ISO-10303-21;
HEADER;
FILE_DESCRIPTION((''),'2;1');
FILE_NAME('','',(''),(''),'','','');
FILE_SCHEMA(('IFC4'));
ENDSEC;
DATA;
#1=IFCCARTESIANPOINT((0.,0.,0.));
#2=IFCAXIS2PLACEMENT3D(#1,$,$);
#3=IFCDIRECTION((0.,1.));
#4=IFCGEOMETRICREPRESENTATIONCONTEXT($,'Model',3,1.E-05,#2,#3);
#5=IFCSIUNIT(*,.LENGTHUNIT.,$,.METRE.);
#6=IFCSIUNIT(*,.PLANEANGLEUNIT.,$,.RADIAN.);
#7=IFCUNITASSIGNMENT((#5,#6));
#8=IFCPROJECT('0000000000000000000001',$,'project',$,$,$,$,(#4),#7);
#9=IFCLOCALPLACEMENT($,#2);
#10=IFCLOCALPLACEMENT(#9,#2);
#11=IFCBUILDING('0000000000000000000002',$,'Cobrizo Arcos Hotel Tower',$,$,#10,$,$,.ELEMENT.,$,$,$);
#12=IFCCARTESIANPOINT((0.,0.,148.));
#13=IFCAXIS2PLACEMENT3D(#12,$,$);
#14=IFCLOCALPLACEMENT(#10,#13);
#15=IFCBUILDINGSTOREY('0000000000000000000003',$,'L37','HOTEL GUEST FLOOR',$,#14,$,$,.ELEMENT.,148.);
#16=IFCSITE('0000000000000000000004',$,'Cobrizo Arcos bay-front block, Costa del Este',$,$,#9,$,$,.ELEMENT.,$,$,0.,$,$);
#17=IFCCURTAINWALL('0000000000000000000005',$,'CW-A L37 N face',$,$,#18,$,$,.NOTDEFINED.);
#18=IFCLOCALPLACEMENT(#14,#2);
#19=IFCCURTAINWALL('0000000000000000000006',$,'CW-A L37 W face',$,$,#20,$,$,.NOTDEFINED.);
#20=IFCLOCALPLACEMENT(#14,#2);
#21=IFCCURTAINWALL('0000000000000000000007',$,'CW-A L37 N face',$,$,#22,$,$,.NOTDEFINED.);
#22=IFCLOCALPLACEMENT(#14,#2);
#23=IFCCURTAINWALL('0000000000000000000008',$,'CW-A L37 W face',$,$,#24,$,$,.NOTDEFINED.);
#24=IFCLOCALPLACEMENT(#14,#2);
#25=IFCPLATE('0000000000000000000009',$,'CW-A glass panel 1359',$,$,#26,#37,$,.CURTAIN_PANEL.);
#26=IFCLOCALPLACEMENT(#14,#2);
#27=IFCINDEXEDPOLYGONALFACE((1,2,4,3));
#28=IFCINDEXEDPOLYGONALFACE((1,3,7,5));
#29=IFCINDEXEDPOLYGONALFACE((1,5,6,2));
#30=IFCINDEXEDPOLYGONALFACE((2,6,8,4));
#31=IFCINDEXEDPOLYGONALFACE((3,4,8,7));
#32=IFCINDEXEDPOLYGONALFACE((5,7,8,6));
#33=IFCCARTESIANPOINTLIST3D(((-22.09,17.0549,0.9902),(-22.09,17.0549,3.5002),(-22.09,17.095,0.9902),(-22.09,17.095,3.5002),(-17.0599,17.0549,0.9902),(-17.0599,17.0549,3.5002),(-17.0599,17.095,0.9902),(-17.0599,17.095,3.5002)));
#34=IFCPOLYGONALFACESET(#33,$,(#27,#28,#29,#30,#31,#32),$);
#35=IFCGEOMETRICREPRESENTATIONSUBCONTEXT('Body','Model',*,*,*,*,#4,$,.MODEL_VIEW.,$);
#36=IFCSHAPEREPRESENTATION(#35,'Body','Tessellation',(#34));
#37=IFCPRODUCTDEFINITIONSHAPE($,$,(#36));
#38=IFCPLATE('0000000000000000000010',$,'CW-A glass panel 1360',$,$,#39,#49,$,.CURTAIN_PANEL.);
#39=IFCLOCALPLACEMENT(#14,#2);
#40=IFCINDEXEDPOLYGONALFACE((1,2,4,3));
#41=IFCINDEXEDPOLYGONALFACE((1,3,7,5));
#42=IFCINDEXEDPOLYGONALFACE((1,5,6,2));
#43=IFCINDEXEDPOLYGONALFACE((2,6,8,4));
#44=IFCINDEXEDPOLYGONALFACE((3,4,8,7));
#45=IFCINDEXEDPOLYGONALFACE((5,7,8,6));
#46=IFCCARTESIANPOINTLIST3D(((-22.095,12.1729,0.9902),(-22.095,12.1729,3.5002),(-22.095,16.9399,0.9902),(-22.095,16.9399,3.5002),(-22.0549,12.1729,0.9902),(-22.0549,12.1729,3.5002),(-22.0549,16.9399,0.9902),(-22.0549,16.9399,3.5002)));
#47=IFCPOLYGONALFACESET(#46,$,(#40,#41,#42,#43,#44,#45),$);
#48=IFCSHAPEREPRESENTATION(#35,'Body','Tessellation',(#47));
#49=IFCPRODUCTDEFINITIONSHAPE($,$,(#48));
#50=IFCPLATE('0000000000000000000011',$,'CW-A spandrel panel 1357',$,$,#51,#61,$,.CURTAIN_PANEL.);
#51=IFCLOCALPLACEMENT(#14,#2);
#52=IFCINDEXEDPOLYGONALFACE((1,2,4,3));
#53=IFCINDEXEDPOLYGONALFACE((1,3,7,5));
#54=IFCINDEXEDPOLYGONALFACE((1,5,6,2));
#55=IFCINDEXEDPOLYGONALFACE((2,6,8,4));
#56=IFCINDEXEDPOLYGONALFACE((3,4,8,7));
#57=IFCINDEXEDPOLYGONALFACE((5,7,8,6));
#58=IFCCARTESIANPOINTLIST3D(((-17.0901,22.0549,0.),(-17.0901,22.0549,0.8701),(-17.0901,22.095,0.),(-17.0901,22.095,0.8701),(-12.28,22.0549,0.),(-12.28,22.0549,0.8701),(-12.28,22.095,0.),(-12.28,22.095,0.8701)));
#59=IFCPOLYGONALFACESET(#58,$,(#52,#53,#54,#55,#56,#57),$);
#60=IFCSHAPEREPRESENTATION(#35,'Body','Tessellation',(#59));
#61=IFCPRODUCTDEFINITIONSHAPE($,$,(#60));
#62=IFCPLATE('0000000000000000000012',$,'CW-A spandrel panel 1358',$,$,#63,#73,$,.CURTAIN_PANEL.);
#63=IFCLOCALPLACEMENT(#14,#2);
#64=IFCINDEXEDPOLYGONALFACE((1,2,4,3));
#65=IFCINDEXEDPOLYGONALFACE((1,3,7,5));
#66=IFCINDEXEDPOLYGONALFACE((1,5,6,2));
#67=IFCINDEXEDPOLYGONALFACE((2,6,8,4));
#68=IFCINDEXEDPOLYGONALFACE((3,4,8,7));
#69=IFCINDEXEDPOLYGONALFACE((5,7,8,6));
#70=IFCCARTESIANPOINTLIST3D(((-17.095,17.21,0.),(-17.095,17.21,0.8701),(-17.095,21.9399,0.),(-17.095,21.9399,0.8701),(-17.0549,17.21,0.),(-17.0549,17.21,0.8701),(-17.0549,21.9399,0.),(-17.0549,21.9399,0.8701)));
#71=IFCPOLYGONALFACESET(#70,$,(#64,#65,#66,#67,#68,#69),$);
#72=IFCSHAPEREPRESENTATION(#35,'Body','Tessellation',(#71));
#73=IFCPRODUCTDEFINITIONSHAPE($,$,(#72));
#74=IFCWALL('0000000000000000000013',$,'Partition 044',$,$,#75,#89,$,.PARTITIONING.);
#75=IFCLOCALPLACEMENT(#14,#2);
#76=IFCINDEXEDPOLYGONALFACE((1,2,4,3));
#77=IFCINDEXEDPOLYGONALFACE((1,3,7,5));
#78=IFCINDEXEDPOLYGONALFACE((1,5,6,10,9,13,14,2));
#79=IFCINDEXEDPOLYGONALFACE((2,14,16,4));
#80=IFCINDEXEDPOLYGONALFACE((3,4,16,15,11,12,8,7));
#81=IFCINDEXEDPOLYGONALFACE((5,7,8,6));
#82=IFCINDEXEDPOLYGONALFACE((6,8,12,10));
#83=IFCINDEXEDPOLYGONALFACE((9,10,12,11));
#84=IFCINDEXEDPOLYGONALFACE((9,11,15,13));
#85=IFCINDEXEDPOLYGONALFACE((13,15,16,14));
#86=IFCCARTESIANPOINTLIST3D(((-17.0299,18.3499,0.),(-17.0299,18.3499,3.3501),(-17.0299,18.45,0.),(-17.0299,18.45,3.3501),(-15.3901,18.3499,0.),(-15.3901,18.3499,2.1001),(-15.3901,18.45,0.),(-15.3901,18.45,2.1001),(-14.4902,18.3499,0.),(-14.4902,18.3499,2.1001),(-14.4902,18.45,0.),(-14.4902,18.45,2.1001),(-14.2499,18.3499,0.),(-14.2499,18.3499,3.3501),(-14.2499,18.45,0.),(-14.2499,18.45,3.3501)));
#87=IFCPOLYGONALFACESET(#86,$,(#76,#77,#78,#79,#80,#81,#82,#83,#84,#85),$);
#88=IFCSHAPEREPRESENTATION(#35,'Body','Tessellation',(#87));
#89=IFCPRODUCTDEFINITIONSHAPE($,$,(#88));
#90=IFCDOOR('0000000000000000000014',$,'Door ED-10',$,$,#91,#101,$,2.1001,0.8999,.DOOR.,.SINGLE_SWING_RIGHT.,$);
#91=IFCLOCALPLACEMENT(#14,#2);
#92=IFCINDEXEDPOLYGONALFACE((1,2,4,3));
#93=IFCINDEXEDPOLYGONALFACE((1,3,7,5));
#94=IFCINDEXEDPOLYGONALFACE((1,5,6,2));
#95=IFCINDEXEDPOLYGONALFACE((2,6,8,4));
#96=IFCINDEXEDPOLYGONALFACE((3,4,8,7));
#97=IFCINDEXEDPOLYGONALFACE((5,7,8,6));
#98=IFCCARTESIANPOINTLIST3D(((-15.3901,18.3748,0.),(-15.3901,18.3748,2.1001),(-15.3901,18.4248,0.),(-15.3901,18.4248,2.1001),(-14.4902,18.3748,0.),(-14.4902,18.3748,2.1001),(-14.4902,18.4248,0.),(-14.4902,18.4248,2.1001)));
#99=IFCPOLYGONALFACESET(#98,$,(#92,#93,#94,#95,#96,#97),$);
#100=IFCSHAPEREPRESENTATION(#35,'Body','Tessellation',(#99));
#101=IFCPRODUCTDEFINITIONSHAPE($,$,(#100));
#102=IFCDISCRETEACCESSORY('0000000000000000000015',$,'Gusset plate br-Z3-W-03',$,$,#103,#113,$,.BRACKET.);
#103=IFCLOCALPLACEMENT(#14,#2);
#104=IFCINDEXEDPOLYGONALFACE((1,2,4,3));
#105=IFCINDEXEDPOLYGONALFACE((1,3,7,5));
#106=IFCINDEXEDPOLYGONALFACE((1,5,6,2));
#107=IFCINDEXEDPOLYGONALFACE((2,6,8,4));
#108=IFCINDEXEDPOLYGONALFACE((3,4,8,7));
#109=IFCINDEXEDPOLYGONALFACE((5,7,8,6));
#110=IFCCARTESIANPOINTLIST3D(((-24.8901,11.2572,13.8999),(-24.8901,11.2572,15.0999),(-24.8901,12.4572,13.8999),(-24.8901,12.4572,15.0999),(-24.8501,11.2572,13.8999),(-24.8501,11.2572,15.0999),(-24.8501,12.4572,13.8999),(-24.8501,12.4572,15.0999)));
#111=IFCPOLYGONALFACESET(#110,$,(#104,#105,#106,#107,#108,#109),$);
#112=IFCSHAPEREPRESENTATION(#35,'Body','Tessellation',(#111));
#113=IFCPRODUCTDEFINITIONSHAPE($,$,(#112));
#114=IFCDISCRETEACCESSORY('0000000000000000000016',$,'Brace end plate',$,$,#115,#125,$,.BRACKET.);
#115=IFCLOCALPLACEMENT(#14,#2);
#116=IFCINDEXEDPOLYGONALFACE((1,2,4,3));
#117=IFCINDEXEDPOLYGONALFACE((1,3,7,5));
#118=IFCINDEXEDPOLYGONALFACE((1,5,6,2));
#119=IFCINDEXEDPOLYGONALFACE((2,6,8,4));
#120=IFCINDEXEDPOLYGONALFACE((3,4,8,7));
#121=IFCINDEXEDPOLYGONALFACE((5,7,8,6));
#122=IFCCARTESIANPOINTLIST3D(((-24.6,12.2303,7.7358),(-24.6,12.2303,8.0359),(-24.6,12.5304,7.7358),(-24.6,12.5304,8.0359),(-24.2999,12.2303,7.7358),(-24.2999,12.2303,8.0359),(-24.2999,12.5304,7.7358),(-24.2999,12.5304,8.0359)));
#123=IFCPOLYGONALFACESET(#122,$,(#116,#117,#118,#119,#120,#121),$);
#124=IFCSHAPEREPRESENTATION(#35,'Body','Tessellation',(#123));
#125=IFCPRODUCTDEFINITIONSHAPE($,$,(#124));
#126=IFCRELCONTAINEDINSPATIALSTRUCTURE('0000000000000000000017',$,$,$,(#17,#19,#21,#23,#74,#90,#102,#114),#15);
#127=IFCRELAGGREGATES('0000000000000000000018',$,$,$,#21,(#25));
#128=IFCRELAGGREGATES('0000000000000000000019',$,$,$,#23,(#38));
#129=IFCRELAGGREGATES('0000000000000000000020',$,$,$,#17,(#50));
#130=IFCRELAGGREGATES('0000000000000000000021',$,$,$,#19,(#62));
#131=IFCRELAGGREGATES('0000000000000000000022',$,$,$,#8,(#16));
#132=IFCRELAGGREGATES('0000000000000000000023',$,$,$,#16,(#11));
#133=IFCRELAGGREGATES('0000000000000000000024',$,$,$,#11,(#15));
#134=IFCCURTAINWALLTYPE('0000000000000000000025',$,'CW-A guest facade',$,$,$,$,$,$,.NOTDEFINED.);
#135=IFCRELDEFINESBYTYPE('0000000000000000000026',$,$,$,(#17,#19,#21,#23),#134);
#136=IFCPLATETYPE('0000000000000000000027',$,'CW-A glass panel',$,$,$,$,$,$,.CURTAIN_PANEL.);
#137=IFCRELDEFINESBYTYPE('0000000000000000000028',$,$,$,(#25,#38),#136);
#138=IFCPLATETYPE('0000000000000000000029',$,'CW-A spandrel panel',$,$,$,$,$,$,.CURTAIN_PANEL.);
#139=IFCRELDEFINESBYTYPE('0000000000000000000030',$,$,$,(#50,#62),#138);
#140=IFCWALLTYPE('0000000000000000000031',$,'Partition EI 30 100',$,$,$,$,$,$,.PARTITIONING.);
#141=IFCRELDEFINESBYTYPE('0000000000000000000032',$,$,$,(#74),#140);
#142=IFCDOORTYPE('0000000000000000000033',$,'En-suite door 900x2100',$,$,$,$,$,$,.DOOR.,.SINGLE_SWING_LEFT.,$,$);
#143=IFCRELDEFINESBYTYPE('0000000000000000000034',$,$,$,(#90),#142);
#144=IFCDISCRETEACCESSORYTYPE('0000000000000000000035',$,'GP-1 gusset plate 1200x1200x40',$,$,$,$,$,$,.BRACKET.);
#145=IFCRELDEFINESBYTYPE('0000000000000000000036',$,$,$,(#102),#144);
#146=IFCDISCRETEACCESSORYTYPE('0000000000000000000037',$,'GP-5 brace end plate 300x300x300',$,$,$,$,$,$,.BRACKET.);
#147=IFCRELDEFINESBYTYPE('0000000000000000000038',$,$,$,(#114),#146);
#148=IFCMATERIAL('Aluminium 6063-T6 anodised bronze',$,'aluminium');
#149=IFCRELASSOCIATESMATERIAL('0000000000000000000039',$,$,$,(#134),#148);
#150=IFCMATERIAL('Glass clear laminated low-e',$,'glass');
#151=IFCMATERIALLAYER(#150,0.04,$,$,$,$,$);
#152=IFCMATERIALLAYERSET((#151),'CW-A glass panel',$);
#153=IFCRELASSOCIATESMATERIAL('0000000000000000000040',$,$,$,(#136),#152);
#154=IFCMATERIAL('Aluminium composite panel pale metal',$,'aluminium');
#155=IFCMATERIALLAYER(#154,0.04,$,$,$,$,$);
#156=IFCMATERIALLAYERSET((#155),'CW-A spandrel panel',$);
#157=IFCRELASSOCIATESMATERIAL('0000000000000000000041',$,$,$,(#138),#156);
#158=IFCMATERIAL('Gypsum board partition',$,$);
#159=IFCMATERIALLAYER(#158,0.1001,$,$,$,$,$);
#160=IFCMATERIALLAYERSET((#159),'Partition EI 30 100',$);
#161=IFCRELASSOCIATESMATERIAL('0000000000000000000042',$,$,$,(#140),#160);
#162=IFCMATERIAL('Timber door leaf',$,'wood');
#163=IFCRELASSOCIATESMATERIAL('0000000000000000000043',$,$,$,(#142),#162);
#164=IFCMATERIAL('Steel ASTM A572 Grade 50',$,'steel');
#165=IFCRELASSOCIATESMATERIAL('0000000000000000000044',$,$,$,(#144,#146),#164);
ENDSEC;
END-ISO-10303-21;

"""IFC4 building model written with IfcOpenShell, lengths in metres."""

from ifc_helpers import new_model, si_unit, direction, frame, frame_2d, origin, origin_2d, place, context, subcontext, project, spatial, rectangle, extrude, material, layer, layer_set, type_object, element, fill, aggregate, save


model = new_model("IFC4")

# Units and contexts
model_context = context("Model", 3, precision=1e-05, world=origin(), true_north=direction((0.0, 1.0)))
body_context = subcontext(model_context, "Body", "Model", "MODEL_VIEW")
ifc_project = project(units=[si_unit("LENGTHUNIT", "METRE"), si_unit("PLANEANGLEUNIT", "RADIAN")], contexts=[model_context])

# Site, building, storey
site_placement = place(None, origin())
site = spatial("IfcSite", under=ifc_project, at=site_placement, Name="Cobrizo Arcos bay-front block, Costa del Este", CompositionType="ELEMENT", RefElevation=0.0)
building_placement = place(site_placement, origin())
building = spatial("IfcBuilding", under=site, at=building_placement, Name="Cobrizo Arcos Hotel Tower", CompositionType="ELEMENT")
storey_placement = place(building_placement, frame((0.0, 0.0, 148.0)))
storey = spatial("IfcBuildingStorey", under=building, at=storey_placement, Name="L37", Description="HOTEL GUEST FLOOR", CompositionType="ELEMENT", Elevation=148.0)

# Shared definitions
ifc_material_1 = material(Name="Steel ASTM A572 Grade 50", Category="steel")

# Curtain wall
ifc_material_2 = material(Name="Aluminium 6063-T6 anodised bronze", Category="aluminium")
curtain_wall_type = type_object("IfcCurtainWallType", Name="CW-A guest facade", PredefinedType="NOTDEFINED", material=ifc_material_2)
curtain_wall_1_placement = place(storey_placement, origin())
curtain_wall_1 = element("IfcCurtainWall", 1, at=curtain_wall_1_placement, inside=storey, type_object=curtain_wall_type, Name="CW-A L37 N face", PredefinedType="NOTDEFINED")

# Curtain wall
curtain_wall_2_placement = place(storey_placement, origin())
curtain_wall_2 = element("IfcCurtainWall", 2, at=curtain_wall_2_placement, inside=storey, type_object=curtain_wall_type, Name="CW-A L37 W face", PredefinedType="NOTDEFINED")

# Curtain walls
curtain_wall_3_placement = place(storey_placement, origin())
curtain_wall_3 = element("IfcCurtainWall", 3, at=curtain_wall_3_placement, inside=storey, type_object=curtain_wall_type, Name="CW-A L37 N face", PredefinedType="NOTDEFINED")
curtain_wall_4_placement = place(storey_placement, origin())
curtain_wall_4 = element("IfcCurtainWall", 4, at=curtain_wall_4_placement, inside=storey, type_object=curtain_wall_type, Name="CW-A L37 W face", PredefinedType="NOTDEFINED")

# Plates
ifc_material_3 = material(Name="Glass clear laminated low-e", Category="glass")
ifc_layer_1 = layer(ifc_material_3, 0.04)
ifc_layer_set_1 = layer_set([ifc_layer_1], Name="CW-A glass panel")
plate_type_1 = type_object("IfcPlateType", Name="CW-A glass panel", PredefinedType="CURTAIN_PANEL", material=ifc_layer_set_1)
plate_1_placement = place(storey_placement, frame((-19.575, 17.075, 0.9902), z_axis=(0.0, 0.0, 1.0), x_axis=(-1.0, 0.0, 0.0)))
plate_1 = element("IfcPlate", 5, at=plate_1_placement, type_object=plate_type_1, Name="CW-A glass panel 1359", PredefinedType="CURTAIN_PANEL", context=body_context, shape_type="SweptSolid", body=[
    extrude(rectangle(XDim=5.03, YDim=0.04, at=origin_2d()), origin(), (0.0, 0.0, 1.0), 2.51),
])
aggregate(curtain_wall_3, [plate_1])
plate_2_placement = place(storey_placement, frame((-22.075, 14.5564, 0.9902), z_axis=(0.0, 0.0, 1.0), x_axis=(0.0, -1.0, 0.0)))
plate_2 = element("IfcPlate", 6, at=plate_2_placement, type_object=plate_type_1, Name="CW-A glass panel 1360", PredefinedType="CURTAIN_PANEL", context=body_context, shape_type="SweptSolid", body=[
    extrude(rectangle(XDim=4.7671, YDim=0.04, at=origin_2d()), origin(), (0.0, 0.0, 1.0), 2.51),
])
aggregate(curtain_wall_4, [plate_2])
ifc_material_4 = material(Name="Aluminium composite panel pale metal", Category="aluminium")
ifc_layer_2 = layer(ifc_material_4, 0.04)
ifc_layer_set_2 = layer_set([ifc_layer_2], Name="CW-A spandrel panel")
plate_type_2 = type_object("IfcPlateType", Name="CW-A spandrel panel", PredefinedType="CURTAIN_PANEL", material=ifc_layer_set_2)
plate_3_placement = place(storey_placement, frame((-14.6851, 22.075, 0.0), z_axis=(0.0, 0.0, 1.0), x_axis=(-1.0, 0.0, 0.0)))
plate_3 = element("IfcPlate", 7, at=plate_3_placement, type_object=plate_type_2, Name="CW-A spandrel panel 1357", PredefinedType="CURTAIN_PANEL", context=body_context, shape_type="SweptSolid", body=[
    extrude(rectangle(XDim=4.8101, YDim=0.04, at=origin_2d()), origin(), (0.0, 0.0, 1.0), 0.8701),
])
aggregate(curtain_wall_1, [plate_3])
plate_4_placement = place(storey_placement, frame((-17.075, 19.575, 0.0), z_axis=(0.0, 0.0, 1.0), x_axis=(0.0, -1.0, 0.0)))
plate_4 = element("IfcPlate", 8, at=plate_4_placement, type_object=plate_type_2, Name="CW-A spandrel panel 1358", PredefinedType="CURTAIN_PANEL", context=body_context, shape_type="SweptSolid", body=[
    extrude(rectangle(XDim=4.73, YDim=0.04, at=origin_2d()), origin(), (0.0, 0.0, 1.0), 0.8701),
])
aggregate(curtain_wall_2, [plate_4])

# Wall, opening, door
ifc_material_5 = material(Name="Gypsum board partition")
ifc_layer_3 = layer(ifc_material_5, 0.1001)
ifc_layer_set_3 = layer_set([ifc_layer_3], Name="Partition EI 30 100")
wall_type = type_object("IfcWallType", Name="Partition EI 30 100", PredefinedType="PARTITIONING", material=ifc_layer_set_3)
wall_placement = place(storey_placement, frame((-17.03, 18.3999, 0.0), z_axis=(0.0, 0.0, 1.0), x_axis=(1.0, 0.0, 0.0)))
wall = element("IfcWall", 9, at=wall_placement, inside=storey, type_object=wall_type, Name="Partition 044", PredefinedType="PARTITIONING", context=body_context, shape_type="SweptSolid", body=[
    extrude(rectangle(XDim=2.78, YDim=0.1001, at=frame_2d((1.3901, 0.0))), origin(), (0.0, 0.0, 1.0), 3.3501),
])
opening_placement = place(wall_placement, frame((1.6399, 0.0, 0.0)))
opening = element("IfcOpeningElement", 10, at=opening_placement, cuts=wall, PredefinedType="OPENING", context=body_context, shape_type="SweptSolid", body=[
    extrude(rectangle(XDim=0.8999, YDim=2.1001, at=frame_2d((0.45, 1.05))), frame((0.0, 0.062, 0.0), z_axis=(0.0, -1.0, 0.0), x_axis=(1.0, 0.0, 0.0)), (0.0, 0.0, 1.0), 0.124),
])
ifc_material_6 = material(Name="Timber door leaf", Category="wood")
door_type = type_object("IfcDoorType", Name="En-suite door 900x2100", OperationType="SINGLE_SWING_LEFT", PredefinedType="DOOR", material=ifc_material_6)
door_placement = place(opening_placement, origin())
door = element("IfcDoor", 11, at=door_placement, inside=storey, type_object=door_type, Name="Door ED-10", OperationType="SINGLE_SWING_RIGHT", OverallHeight=2.1001, OverallWidth=0.8999, PredefinedType="DOOR", context=body_context, shape_type="SweptSolid", body=[
    extrude(rectangle(XDim=0.8999, YDim=2.1001, at=frame_2d((0.45, 1.05))), frame((0.0, 0.0249, 0.0), z_axis=(0.0, -1.0, 0.0), x_axis=(1.0, 0.0, 0.0)), (0.0, 0.0, 1.0), 0.05),
])
fill(opening, door)

# Discrete accessories
discrete_accessory_type_1 = type_object("IfcDiscreteAccessoryType", Name="GP-1 gusset plate 1200x1200x40", PredefinedType="BRACKET", material=ifc_material_1)
discrete_accessory_1_placement = place(storey_placement, frame((-24.8701, 11.8572, 13.8999), z_axis=(0.0, 0.0, 1.0), x_axis=(1.0, 0.0, 0.0)))
element("IfcDiscreteAccessory", 12, at=discrete_accessory_1_placement, inside=storey, type_object=discrete_accessory_type_1, Name="Gusset plate br-Z3-W-03", PredefinedType="BRACKET", context=body_context, shape_type="SweptSolid", body=[
    extrude(rectangle(XDim=0.04, YDim=1.2, at=origin_2d()), origin(), (0.0, 0.0, 1.0), 1.2),
])
discrete_accessory_type_2 = type_object("IfcDiscreteAccessoryType", Name="GP-5 brace end plate 300x300x300", PredefinedType="BRACKET", material=ifc_material_1)
discrete_accessory_2_placement = place(storey_placement, frame((-24.45, 12.3804, 7.7358), z_axis=(0.0, 0.0, 1.0), x_axis=(1.0, 0.0, 0.0)))
element("IfcDiscreteAccessory", 13, at=discrete_accessory_2_placement, inside=storey, type_object=discrete_accessory_type_2, Name="Brace end plate", PredefinedType="BRACKET", context=body_context, shape_type="SweptSolid", body=[
    extrude(rectangle(XDim=0.3, YDim=0.3, at=origin_2d()), origin(), (0.0, 0.0, 1.0), 0.3),
])

save(model, "model.ifc")
